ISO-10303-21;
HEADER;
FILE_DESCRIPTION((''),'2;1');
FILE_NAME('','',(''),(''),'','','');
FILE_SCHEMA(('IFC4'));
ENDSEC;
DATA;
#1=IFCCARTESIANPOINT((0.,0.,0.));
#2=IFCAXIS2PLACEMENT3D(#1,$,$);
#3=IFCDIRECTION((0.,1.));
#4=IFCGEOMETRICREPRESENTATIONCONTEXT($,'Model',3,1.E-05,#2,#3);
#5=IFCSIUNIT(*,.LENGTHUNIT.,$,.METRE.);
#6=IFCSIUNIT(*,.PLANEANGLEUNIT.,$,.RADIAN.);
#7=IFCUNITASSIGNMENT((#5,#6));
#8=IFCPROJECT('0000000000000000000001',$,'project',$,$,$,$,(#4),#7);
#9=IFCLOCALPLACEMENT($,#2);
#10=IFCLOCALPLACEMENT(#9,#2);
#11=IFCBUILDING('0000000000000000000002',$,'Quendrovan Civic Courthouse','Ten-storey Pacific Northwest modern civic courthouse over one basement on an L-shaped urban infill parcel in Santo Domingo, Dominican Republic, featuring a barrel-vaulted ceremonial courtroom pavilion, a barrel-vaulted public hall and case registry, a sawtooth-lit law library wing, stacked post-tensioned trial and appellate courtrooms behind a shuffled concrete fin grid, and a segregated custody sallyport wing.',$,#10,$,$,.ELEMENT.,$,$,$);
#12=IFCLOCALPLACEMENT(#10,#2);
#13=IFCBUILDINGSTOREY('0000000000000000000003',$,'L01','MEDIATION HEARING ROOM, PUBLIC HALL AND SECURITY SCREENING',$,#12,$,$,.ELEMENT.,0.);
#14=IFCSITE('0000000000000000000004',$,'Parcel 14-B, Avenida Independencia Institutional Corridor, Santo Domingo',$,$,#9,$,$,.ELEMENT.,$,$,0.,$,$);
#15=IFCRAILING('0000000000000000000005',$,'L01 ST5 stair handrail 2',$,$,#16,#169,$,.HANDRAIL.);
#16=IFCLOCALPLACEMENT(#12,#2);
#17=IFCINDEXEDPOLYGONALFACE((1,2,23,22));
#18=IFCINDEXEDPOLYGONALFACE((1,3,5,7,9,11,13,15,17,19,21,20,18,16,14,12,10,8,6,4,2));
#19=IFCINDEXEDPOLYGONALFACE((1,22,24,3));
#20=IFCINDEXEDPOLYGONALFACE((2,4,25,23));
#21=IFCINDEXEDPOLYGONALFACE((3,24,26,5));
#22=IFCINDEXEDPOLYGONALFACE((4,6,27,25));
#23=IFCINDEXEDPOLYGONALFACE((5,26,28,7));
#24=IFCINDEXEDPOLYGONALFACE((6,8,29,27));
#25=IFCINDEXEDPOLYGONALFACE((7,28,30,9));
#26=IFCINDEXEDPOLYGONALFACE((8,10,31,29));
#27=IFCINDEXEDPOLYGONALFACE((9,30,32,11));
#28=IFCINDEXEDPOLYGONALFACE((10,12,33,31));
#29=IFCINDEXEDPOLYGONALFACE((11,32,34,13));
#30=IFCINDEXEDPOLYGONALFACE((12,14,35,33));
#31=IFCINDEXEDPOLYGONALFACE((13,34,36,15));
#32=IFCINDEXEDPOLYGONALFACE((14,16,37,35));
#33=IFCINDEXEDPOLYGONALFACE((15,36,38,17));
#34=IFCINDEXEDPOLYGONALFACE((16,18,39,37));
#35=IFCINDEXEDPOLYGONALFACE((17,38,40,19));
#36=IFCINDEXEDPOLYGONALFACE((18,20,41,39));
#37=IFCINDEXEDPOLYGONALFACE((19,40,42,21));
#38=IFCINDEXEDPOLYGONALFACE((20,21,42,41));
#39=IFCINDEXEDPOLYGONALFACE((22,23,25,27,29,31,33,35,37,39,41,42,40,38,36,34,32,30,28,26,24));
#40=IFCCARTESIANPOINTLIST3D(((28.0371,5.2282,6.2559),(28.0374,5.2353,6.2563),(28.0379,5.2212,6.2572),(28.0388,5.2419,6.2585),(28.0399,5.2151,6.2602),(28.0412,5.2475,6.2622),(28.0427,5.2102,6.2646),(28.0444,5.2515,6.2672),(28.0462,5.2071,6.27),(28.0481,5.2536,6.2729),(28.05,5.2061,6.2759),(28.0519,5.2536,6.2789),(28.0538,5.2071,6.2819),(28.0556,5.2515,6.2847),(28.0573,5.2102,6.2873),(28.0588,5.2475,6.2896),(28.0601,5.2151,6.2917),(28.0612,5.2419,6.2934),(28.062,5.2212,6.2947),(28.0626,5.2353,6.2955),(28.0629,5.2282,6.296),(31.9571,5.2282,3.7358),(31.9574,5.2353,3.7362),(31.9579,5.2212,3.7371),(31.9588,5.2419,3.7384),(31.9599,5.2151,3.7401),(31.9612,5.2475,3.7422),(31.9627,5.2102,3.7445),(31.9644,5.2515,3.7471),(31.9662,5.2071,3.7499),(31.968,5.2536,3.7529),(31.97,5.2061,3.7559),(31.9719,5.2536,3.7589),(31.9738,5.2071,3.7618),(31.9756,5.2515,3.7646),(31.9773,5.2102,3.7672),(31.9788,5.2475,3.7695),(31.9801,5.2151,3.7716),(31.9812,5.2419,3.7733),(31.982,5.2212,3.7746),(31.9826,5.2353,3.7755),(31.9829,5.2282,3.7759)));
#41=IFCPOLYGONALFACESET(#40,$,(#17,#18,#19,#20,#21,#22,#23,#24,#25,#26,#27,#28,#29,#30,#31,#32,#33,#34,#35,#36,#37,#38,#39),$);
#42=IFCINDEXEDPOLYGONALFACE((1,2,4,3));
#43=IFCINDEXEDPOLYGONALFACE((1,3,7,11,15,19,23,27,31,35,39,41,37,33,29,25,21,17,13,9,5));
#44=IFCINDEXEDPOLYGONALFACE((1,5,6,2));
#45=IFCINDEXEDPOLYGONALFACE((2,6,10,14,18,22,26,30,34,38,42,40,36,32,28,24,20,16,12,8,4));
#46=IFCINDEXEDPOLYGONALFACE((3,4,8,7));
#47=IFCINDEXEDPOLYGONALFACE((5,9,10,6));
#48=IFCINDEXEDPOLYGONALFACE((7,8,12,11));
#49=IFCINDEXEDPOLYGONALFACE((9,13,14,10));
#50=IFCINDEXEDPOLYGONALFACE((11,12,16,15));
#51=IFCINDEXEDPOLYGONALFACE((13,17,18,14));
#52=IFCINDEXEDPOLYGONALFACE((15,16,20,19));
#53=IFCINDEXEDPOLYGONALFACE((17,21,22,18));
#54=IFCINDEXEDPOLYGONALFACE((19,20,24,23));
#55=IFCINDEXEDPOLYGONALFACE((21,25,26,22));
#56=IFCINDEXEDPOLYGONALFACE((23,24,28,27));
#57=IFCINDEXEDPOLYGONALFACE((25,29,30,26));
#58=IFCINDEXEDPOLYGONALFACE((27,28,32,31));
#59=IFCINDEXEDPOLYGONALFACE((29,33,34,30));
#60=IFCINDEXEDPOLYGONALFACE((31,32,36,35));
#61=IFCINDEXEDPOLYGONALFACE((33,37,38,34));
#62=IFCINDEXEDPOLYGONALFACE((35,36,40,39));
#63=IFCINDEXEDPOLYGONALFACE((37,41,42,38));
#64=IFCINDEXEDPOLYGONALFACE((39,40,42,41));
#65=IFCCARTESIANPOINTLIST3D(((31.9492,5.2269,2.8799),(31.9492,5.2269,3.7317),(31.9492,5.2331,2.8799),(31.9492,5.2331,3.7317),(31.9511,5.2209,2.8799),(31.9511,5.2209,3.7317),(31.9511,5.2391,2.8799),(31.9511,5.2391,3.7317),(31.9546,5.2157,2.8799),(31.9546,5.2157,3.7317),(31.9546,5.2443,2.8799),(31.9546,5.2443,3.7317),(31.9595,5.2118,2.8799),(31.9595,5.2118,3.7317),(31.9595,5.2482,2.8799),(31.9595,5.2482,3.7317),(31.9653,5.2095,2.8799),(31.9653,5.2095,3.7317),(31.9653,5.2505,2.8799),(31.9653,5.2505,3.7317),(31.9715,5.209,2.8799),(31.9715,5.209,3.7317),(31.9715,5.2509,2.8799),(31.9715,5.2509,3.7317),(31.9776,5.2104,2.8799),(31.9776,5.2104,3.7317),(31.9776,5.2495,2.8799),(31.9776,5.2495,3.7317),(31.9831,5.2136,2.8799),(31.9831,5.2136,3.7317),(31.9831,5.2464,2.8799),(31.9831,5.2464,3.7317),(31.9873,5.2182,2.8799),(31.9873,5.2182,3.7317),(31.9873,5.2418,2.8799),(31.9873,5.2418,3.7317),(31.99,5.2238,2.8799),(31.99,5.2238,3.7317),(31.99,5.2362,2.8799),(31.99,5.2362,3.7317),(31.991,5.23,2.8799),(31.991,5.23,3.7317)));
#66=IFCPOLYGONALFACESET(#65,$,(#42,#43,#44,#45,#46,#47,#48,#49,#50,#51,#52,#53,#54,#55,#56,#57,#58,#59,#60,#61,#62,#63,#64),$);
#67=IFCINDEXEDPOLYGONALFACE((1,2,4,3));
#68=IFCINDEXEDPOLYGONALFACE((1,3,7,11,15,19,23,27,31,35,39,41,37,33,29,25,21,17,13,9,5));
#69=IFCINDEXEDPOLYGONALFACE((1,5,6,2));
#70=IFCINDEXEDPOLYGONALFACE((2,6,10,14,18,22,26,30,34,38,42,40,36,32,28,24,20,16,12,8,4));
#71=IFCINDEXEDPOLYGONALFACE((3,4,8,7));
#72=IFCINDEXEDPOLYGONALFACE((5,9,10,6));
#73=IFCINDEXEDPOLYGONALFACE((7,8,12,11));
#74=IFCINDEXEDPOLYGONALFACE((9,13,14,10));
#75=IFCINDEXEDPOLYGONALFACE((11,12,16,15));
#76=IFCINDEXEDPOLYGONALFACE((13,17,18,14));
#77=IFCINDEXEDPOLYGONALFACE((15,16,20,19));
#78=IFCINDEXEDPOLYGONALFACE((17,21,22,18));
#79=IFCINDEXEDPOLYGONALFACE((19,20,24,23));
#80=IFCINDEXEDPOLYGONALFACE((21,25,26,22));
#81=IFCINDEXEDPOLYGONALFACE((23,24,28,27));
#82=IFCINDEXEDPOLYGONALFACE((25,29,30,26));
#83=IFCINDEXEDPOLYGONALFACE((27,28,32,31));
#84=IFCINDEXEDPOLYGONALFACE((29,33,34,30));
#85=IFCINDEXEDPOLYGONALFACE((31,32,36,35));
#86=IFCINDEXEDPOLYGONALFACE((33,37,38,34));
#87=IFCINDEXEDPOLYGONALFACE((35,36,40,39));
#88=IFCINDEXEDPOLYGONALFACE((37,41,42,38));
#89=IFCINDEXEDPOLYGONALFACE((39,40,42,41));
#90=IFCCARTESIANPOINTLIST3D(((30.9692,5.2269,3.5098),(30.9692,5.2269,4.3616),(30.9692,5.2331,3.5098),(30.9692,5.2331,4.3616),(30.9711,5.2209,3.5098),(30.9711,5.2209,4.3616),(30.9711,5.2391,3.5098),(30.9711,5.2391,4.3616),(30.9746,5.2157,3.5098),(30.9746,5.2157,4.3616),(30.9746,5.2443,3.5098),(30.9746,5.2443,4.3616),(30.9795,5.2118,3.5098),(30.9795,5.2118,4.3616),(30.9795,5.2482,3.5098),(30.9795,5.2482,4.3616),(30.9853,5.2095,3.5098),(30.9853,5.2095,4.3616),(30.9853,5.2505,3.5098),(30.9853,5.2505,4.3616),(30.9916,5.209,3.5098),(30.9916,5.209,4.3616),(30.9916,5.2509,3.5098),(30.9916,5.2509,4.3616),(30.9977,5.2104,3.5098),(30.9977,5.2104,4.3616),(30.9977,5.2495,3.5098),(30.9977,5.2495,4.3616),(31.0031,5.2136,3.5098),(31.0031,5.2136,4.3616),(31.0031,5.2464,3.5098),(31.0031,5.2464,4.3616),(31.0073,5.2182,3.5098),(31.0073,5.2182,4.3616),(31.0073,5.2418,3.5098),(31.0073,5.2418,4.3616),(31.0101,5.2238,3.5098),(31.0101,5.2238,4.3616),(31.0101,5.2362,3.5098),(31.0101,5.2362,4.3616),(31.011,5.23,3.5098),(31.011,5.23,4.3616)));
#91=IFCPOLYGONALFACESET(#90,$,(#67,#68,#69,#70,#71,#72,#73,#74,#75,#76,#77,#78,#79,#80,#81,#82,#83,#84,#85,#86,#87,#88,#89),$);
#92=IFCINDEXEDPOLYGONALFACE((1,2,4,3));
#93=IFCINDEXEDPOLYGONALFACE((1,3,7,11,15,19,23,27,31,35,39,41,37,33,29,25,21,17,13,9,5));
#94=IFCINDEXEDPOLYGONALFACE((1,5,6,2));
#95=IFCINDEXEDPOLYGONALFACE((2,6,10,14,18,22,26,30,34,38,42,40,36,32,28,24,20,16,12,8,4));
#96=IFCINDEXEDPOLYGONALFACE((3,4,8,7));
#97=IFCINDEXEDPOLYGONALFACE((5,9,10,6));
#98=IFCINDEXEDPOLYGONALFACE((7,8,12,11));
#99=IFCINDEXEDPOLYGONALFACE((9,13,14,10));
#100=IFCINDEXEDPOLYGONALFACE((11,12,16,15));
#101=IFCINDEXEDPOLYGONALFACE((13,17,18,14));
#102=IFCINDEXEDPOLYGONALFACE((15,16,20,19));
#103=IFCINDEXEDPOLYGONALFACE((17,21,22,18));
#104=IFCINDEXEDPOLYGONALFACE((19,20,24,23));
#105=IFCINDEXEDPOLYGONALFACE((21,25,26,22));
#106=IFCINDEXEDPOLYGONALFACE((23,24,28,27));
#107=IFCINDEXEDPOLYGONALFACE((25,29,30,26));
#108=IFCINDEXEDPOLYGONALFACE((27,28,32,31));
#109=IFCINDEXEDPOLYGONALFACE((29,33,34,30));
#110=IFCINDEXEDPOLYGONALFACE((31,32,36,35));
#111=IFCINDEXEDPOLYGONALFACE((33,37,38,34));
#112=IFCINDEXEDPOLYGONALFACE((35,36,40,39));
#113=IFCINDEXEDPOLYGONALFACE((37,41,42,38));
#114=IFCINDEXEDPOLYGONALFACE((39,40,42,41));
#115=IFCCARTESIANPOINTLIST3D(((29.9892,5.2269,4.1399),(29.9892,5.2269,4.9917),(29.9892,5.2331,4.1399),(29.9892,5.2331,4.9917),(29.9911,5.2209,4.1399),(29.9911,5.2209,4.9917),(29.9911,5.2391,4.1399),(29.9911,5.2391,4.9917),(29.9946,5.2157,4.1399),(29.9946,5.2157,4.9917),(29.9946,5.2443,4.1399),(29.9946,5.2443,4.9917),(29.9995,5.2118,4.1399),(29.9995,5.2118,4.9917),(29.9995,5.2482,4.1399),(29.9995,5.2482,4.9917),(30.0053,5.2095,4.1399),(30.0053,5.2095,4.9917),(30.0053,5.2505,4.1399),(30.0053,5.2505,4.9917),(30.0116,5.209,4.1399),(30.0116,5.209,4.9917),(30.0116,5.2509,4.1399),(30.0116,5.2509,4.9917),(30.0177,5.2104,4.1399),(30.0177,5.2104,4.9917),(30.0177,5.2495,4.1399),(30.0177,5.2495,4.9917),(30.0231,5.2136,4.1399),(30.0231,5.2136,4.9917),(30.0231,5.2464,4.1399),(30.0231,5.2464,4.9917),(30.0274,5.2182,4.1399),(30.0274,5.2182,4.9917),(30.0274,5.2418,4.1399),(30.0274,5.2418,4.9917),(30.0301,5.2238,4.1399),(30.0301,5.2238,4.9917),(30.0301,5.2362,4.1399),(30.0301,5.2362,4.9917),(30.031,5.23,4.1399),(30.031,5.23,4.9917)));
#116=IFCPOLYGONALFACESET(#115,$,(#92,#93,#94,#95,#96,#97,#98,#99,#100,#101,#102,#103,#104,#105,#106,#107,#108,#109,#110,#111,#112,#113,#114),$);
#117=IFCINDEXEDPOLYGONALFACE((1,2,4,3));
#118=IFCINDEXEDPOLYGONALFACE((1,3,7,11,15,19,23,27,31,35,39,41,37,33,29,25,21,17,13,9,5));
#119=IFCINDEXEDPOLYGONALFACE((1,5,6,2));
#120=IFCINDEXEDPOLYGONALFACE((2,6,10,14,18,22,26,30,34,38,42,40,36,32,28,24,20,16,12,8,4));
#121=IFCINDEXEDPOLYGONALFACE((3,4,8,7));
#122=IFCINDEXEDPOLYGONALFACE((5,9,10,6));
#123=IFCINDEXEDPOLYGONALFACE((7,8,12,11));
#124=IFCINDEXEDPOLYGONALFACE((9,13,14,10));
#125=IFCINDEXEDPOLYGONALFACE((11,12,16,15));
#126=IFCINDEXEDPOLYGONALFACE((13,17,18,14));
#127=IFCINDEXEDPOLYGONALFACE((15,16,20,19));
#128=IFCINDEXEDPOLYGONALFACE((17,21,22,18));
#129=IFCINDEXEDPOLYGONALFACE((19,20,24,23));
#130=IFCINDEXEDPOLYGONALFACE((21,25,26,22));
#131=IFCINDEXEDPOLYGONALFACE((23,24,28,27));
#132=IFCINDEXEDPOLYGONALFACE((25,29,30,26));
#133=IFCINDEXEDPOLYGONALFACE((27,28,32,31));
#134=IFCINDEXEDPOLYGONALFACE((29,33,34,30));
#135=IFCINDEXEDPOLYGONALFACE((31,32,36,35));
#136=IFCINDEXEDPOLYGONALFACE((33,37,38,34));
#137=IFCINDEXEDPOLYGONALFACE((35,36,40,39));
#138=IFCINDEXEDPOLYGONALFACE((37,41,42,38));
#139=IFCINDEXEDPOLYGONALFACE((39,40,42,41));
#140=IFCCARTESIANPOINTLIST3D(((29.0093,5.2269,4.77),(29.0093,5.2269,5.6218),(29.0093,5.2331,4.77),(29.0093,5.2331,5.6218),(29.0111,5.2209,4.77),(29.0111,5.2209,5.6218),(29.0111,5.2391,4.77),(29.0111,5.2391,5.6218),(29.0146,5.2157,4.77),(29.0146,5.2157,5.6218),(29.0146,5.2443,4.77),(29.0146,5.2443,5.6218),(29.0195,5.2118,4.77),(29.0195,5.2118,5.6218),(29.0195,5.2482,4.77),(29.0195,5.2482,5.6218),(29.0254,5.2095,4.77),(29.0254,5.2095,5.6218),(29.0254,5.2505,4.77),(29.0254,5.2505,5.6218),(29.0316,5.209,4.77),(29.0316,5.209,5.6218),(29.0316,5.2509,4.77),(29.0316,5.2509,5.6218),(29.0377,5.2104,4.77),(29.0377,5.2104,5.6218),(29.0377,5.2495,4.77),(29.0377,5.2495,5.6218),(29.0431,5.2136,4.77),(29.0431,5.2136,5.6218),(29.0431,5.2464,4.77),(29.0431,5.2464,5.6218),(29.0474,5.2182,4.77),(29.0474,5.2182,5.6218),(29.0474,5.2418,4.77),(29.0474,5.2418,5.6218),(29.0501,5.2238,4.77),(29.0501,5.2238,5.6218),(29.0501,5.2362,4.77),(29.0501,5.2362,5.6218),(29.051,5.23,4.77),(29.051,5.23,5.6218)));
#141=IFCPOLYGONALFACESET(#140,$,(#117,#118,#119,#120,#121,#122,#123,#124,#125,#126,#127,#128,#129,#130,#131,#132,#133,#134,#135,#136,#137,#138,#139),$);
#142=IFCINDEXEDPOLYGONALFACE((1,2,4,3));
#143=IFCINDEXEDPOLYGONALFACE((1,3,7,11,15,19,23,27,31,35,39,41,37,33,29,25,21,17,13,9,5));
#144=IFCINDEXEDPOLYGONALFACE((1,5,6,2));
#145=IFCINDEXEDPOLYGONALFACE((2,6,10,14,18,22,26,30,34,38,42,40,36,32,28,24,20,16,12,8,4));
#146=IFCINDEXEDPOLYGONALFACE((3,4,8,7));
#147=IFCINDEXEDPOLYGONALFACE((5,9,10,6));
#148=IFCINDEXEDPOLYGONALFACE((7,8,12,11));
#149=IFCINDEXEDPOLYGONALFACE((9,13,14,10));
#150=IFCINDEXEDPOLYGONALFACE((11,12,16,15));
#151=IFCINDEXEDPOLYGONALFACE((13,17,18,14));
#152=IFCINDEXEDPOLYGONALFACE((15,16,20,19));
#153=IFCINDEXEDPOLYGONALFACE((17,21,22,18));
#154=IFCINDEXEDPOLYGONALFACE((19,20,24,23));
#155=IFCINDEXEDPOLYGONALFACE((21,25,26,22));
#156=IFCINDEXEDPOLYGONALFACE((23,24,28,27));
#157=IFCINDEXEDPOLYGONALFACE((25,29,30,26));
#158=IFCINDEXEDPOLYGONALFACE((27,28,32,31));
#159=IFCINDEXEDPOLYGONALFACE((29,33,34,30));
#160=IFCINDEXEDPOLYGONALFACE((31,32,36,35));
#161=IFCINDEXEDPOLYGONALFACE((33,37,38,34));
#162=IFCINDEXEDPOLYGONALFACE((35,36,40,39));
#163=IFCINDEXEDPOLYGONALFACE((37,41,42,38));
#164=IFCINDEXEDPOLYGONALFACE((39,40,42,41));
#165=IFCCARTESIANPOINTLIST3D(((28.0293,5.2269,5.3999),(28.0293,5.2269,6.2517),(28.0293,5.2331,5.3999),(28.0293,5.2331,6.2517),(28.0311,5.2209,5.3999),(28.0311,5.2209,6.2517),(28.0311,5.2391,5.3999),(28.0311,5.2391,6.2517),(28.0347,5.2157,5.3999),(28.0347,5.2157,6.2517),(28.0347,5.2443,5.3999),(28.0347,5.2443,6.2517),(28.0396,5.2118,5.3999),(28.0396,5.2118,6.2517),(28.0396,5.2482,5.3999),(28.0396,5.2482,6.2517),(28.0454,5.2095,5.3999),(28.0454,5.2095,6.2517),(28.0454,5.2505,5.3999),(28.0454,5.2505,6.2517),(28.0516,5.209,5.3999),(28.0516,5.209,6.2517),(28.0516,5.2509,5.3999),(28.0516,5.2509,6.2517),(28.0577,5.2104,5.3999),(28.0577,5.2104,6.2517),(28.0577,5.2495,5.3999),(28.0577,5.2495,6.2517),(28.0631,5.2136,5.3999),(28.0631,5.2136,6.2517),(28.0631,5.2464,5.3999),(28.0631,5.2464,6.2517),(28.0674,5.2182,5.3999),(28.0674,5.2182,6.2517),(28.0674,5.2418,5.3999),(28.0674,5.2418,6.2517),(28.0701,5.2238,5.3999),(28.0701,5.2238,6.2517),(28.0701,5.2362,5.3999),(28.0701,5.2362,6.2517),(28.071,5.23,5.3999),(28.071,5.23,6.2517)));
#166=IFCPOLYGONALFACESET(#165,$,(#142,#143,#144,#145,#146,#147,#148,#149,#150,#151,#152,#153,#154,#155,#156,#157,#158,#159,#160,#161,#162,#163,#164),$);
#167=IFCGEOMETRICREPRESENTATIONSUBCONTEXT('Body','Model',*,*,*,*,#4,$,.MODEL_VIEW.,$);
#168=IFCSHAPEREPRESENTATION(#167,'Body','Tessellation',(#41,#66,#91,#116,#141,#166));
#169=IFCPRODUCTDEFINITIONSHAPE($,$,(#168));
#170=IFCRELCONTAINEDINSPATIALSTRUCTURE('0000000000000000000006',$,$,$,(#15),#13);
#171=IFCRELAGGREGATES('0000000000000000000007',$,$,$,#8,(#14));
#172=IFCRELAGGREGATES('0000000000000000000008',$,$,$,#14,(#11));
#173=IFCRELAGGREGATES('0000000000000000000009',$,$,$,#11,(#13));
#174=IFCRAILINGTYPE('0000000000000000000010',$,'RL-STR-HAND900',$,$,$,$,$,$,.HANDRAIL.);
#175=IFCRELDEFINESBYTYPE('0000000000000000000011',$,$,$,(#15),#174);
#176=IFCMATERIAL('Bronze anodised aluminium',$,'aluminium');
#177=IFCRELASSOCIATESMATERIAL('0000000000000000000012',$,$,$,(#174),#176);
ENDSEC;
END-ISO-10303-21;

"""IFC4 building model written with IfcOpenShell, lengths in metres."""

from ifc_helpers import new_model, si_unit, direction, frame, origin, origin_2d, place, context, subcontext, project, spatial, circle, extrude, material, type_object, element, save


model = new_model("IFC4")

# Units and contexts
model_context = context("Model", 3, precision=1e-05, world=origin(), true_north=direction((0.0, 1.0)))
body_context = subcontext(model_context, "Body", "Model", "MODEL_VIEW")
ifc_project = project(units=[si_unit("LENGTHUNIT", "METRE"), si_unit("PLANEANGLEUNIT", "RADIAN")], contexts=[model_context])

# Site, building, storey
site_placement = place(None, origin())
site = spatial("IfcSite", under=ifc_project, at=site_placement, Name="Parcel 14-B, Avenida Independencia Institutional Corridor, Santo Domingo", CompositionType="ELEMENT", RefElevation=0.0)
building_placement = place(site_placement, origin())
building = spatial("IfcBuilding", under=site, at=building_placement, Name="Quendrovan Civic Courthouse", Description="Ten-storey Pacific Northwest modern civic courthouse over one basement on an L-shaped urban infill parcel in Santo Domingo, Dominican Republic, featuring a barrel-vaulted ceremonial courtroom pavilion, a barrel-vaulted public hall and case registry, a sawtooth-lit law library wing, stacked post-tensioned trial and appellate courtrooms behind a shuffled concrete fin grid, and a segregated custody sallyport wing.", CompositionType="ELEMENT")
storey_placement = place(building_placement, origin())
storey = spatial("IfcBuildingStorey", under=building, at=storey_placement, Name="L01", Description="MEDIATION HEARING ROOM, PUBLIC HALL AND SECURITY SCREENING", CompositionType="ELEMENT", Elevation=0.0)

# Railing
ifc_material_1 = material(Name="Bronze anodised aluminium", Category="aluminium")
railing_type_1 = type_object("IfcRailingType", Name="RL-STR-HAND900", PredefinedType="HANDRAIL", material=ifc_material_1)
railing_1_placement = place(storey_placement, frame((31.97, 5.23, 2.8799)))
element("IfcRailing", 1, at=railing_1_placement, inside=storey, type_object=railing_type_1, Name="L01 ST5 stair handrail 2", PredefinedType="HANDRAIL", context=body_context, shape_type="SweptSolid", body=[
    extrude(circle(Radius=0.0239, at=origin_2d()), frame((0.0, 0.0, 0.876), z_axis=(-0.841172, 0.0, 0.540768), x_axis=(0.0, -1.0, 0.0)), (0.0, 0.0, 1.0), 4.6602),
    extrude(circle(Radius=0.021, at=origin_2d()), origin(), (0.0, 0.0, 1.0), 0.8518),
    extrude(circle(Radius=0.021, at=origin_2d()), frame((-0.98, 0.0, 0.6299)), (0.0, 0.0, 1.0), 0.8518),
    extrude(circle(Radius=0.021, at=origin_2d()), frame((-1.96, 0.0, 1.26)), (0.0, 0.0, 1.0), 0.8518),
    extrude(circle(Radius=0.021, at=origin_2d()), frame((-2.9399, 0.0, 1.8901)), (0.0, 0.0, 1.0), 0.8518),
    extrude(circle(Radius=0.021, at=origin_2d()), frame((-3.9199, 0.0, 2.52)), (0.0, 0.0, 1.0), 0.8518),
])

save(model, "model.ifc")
